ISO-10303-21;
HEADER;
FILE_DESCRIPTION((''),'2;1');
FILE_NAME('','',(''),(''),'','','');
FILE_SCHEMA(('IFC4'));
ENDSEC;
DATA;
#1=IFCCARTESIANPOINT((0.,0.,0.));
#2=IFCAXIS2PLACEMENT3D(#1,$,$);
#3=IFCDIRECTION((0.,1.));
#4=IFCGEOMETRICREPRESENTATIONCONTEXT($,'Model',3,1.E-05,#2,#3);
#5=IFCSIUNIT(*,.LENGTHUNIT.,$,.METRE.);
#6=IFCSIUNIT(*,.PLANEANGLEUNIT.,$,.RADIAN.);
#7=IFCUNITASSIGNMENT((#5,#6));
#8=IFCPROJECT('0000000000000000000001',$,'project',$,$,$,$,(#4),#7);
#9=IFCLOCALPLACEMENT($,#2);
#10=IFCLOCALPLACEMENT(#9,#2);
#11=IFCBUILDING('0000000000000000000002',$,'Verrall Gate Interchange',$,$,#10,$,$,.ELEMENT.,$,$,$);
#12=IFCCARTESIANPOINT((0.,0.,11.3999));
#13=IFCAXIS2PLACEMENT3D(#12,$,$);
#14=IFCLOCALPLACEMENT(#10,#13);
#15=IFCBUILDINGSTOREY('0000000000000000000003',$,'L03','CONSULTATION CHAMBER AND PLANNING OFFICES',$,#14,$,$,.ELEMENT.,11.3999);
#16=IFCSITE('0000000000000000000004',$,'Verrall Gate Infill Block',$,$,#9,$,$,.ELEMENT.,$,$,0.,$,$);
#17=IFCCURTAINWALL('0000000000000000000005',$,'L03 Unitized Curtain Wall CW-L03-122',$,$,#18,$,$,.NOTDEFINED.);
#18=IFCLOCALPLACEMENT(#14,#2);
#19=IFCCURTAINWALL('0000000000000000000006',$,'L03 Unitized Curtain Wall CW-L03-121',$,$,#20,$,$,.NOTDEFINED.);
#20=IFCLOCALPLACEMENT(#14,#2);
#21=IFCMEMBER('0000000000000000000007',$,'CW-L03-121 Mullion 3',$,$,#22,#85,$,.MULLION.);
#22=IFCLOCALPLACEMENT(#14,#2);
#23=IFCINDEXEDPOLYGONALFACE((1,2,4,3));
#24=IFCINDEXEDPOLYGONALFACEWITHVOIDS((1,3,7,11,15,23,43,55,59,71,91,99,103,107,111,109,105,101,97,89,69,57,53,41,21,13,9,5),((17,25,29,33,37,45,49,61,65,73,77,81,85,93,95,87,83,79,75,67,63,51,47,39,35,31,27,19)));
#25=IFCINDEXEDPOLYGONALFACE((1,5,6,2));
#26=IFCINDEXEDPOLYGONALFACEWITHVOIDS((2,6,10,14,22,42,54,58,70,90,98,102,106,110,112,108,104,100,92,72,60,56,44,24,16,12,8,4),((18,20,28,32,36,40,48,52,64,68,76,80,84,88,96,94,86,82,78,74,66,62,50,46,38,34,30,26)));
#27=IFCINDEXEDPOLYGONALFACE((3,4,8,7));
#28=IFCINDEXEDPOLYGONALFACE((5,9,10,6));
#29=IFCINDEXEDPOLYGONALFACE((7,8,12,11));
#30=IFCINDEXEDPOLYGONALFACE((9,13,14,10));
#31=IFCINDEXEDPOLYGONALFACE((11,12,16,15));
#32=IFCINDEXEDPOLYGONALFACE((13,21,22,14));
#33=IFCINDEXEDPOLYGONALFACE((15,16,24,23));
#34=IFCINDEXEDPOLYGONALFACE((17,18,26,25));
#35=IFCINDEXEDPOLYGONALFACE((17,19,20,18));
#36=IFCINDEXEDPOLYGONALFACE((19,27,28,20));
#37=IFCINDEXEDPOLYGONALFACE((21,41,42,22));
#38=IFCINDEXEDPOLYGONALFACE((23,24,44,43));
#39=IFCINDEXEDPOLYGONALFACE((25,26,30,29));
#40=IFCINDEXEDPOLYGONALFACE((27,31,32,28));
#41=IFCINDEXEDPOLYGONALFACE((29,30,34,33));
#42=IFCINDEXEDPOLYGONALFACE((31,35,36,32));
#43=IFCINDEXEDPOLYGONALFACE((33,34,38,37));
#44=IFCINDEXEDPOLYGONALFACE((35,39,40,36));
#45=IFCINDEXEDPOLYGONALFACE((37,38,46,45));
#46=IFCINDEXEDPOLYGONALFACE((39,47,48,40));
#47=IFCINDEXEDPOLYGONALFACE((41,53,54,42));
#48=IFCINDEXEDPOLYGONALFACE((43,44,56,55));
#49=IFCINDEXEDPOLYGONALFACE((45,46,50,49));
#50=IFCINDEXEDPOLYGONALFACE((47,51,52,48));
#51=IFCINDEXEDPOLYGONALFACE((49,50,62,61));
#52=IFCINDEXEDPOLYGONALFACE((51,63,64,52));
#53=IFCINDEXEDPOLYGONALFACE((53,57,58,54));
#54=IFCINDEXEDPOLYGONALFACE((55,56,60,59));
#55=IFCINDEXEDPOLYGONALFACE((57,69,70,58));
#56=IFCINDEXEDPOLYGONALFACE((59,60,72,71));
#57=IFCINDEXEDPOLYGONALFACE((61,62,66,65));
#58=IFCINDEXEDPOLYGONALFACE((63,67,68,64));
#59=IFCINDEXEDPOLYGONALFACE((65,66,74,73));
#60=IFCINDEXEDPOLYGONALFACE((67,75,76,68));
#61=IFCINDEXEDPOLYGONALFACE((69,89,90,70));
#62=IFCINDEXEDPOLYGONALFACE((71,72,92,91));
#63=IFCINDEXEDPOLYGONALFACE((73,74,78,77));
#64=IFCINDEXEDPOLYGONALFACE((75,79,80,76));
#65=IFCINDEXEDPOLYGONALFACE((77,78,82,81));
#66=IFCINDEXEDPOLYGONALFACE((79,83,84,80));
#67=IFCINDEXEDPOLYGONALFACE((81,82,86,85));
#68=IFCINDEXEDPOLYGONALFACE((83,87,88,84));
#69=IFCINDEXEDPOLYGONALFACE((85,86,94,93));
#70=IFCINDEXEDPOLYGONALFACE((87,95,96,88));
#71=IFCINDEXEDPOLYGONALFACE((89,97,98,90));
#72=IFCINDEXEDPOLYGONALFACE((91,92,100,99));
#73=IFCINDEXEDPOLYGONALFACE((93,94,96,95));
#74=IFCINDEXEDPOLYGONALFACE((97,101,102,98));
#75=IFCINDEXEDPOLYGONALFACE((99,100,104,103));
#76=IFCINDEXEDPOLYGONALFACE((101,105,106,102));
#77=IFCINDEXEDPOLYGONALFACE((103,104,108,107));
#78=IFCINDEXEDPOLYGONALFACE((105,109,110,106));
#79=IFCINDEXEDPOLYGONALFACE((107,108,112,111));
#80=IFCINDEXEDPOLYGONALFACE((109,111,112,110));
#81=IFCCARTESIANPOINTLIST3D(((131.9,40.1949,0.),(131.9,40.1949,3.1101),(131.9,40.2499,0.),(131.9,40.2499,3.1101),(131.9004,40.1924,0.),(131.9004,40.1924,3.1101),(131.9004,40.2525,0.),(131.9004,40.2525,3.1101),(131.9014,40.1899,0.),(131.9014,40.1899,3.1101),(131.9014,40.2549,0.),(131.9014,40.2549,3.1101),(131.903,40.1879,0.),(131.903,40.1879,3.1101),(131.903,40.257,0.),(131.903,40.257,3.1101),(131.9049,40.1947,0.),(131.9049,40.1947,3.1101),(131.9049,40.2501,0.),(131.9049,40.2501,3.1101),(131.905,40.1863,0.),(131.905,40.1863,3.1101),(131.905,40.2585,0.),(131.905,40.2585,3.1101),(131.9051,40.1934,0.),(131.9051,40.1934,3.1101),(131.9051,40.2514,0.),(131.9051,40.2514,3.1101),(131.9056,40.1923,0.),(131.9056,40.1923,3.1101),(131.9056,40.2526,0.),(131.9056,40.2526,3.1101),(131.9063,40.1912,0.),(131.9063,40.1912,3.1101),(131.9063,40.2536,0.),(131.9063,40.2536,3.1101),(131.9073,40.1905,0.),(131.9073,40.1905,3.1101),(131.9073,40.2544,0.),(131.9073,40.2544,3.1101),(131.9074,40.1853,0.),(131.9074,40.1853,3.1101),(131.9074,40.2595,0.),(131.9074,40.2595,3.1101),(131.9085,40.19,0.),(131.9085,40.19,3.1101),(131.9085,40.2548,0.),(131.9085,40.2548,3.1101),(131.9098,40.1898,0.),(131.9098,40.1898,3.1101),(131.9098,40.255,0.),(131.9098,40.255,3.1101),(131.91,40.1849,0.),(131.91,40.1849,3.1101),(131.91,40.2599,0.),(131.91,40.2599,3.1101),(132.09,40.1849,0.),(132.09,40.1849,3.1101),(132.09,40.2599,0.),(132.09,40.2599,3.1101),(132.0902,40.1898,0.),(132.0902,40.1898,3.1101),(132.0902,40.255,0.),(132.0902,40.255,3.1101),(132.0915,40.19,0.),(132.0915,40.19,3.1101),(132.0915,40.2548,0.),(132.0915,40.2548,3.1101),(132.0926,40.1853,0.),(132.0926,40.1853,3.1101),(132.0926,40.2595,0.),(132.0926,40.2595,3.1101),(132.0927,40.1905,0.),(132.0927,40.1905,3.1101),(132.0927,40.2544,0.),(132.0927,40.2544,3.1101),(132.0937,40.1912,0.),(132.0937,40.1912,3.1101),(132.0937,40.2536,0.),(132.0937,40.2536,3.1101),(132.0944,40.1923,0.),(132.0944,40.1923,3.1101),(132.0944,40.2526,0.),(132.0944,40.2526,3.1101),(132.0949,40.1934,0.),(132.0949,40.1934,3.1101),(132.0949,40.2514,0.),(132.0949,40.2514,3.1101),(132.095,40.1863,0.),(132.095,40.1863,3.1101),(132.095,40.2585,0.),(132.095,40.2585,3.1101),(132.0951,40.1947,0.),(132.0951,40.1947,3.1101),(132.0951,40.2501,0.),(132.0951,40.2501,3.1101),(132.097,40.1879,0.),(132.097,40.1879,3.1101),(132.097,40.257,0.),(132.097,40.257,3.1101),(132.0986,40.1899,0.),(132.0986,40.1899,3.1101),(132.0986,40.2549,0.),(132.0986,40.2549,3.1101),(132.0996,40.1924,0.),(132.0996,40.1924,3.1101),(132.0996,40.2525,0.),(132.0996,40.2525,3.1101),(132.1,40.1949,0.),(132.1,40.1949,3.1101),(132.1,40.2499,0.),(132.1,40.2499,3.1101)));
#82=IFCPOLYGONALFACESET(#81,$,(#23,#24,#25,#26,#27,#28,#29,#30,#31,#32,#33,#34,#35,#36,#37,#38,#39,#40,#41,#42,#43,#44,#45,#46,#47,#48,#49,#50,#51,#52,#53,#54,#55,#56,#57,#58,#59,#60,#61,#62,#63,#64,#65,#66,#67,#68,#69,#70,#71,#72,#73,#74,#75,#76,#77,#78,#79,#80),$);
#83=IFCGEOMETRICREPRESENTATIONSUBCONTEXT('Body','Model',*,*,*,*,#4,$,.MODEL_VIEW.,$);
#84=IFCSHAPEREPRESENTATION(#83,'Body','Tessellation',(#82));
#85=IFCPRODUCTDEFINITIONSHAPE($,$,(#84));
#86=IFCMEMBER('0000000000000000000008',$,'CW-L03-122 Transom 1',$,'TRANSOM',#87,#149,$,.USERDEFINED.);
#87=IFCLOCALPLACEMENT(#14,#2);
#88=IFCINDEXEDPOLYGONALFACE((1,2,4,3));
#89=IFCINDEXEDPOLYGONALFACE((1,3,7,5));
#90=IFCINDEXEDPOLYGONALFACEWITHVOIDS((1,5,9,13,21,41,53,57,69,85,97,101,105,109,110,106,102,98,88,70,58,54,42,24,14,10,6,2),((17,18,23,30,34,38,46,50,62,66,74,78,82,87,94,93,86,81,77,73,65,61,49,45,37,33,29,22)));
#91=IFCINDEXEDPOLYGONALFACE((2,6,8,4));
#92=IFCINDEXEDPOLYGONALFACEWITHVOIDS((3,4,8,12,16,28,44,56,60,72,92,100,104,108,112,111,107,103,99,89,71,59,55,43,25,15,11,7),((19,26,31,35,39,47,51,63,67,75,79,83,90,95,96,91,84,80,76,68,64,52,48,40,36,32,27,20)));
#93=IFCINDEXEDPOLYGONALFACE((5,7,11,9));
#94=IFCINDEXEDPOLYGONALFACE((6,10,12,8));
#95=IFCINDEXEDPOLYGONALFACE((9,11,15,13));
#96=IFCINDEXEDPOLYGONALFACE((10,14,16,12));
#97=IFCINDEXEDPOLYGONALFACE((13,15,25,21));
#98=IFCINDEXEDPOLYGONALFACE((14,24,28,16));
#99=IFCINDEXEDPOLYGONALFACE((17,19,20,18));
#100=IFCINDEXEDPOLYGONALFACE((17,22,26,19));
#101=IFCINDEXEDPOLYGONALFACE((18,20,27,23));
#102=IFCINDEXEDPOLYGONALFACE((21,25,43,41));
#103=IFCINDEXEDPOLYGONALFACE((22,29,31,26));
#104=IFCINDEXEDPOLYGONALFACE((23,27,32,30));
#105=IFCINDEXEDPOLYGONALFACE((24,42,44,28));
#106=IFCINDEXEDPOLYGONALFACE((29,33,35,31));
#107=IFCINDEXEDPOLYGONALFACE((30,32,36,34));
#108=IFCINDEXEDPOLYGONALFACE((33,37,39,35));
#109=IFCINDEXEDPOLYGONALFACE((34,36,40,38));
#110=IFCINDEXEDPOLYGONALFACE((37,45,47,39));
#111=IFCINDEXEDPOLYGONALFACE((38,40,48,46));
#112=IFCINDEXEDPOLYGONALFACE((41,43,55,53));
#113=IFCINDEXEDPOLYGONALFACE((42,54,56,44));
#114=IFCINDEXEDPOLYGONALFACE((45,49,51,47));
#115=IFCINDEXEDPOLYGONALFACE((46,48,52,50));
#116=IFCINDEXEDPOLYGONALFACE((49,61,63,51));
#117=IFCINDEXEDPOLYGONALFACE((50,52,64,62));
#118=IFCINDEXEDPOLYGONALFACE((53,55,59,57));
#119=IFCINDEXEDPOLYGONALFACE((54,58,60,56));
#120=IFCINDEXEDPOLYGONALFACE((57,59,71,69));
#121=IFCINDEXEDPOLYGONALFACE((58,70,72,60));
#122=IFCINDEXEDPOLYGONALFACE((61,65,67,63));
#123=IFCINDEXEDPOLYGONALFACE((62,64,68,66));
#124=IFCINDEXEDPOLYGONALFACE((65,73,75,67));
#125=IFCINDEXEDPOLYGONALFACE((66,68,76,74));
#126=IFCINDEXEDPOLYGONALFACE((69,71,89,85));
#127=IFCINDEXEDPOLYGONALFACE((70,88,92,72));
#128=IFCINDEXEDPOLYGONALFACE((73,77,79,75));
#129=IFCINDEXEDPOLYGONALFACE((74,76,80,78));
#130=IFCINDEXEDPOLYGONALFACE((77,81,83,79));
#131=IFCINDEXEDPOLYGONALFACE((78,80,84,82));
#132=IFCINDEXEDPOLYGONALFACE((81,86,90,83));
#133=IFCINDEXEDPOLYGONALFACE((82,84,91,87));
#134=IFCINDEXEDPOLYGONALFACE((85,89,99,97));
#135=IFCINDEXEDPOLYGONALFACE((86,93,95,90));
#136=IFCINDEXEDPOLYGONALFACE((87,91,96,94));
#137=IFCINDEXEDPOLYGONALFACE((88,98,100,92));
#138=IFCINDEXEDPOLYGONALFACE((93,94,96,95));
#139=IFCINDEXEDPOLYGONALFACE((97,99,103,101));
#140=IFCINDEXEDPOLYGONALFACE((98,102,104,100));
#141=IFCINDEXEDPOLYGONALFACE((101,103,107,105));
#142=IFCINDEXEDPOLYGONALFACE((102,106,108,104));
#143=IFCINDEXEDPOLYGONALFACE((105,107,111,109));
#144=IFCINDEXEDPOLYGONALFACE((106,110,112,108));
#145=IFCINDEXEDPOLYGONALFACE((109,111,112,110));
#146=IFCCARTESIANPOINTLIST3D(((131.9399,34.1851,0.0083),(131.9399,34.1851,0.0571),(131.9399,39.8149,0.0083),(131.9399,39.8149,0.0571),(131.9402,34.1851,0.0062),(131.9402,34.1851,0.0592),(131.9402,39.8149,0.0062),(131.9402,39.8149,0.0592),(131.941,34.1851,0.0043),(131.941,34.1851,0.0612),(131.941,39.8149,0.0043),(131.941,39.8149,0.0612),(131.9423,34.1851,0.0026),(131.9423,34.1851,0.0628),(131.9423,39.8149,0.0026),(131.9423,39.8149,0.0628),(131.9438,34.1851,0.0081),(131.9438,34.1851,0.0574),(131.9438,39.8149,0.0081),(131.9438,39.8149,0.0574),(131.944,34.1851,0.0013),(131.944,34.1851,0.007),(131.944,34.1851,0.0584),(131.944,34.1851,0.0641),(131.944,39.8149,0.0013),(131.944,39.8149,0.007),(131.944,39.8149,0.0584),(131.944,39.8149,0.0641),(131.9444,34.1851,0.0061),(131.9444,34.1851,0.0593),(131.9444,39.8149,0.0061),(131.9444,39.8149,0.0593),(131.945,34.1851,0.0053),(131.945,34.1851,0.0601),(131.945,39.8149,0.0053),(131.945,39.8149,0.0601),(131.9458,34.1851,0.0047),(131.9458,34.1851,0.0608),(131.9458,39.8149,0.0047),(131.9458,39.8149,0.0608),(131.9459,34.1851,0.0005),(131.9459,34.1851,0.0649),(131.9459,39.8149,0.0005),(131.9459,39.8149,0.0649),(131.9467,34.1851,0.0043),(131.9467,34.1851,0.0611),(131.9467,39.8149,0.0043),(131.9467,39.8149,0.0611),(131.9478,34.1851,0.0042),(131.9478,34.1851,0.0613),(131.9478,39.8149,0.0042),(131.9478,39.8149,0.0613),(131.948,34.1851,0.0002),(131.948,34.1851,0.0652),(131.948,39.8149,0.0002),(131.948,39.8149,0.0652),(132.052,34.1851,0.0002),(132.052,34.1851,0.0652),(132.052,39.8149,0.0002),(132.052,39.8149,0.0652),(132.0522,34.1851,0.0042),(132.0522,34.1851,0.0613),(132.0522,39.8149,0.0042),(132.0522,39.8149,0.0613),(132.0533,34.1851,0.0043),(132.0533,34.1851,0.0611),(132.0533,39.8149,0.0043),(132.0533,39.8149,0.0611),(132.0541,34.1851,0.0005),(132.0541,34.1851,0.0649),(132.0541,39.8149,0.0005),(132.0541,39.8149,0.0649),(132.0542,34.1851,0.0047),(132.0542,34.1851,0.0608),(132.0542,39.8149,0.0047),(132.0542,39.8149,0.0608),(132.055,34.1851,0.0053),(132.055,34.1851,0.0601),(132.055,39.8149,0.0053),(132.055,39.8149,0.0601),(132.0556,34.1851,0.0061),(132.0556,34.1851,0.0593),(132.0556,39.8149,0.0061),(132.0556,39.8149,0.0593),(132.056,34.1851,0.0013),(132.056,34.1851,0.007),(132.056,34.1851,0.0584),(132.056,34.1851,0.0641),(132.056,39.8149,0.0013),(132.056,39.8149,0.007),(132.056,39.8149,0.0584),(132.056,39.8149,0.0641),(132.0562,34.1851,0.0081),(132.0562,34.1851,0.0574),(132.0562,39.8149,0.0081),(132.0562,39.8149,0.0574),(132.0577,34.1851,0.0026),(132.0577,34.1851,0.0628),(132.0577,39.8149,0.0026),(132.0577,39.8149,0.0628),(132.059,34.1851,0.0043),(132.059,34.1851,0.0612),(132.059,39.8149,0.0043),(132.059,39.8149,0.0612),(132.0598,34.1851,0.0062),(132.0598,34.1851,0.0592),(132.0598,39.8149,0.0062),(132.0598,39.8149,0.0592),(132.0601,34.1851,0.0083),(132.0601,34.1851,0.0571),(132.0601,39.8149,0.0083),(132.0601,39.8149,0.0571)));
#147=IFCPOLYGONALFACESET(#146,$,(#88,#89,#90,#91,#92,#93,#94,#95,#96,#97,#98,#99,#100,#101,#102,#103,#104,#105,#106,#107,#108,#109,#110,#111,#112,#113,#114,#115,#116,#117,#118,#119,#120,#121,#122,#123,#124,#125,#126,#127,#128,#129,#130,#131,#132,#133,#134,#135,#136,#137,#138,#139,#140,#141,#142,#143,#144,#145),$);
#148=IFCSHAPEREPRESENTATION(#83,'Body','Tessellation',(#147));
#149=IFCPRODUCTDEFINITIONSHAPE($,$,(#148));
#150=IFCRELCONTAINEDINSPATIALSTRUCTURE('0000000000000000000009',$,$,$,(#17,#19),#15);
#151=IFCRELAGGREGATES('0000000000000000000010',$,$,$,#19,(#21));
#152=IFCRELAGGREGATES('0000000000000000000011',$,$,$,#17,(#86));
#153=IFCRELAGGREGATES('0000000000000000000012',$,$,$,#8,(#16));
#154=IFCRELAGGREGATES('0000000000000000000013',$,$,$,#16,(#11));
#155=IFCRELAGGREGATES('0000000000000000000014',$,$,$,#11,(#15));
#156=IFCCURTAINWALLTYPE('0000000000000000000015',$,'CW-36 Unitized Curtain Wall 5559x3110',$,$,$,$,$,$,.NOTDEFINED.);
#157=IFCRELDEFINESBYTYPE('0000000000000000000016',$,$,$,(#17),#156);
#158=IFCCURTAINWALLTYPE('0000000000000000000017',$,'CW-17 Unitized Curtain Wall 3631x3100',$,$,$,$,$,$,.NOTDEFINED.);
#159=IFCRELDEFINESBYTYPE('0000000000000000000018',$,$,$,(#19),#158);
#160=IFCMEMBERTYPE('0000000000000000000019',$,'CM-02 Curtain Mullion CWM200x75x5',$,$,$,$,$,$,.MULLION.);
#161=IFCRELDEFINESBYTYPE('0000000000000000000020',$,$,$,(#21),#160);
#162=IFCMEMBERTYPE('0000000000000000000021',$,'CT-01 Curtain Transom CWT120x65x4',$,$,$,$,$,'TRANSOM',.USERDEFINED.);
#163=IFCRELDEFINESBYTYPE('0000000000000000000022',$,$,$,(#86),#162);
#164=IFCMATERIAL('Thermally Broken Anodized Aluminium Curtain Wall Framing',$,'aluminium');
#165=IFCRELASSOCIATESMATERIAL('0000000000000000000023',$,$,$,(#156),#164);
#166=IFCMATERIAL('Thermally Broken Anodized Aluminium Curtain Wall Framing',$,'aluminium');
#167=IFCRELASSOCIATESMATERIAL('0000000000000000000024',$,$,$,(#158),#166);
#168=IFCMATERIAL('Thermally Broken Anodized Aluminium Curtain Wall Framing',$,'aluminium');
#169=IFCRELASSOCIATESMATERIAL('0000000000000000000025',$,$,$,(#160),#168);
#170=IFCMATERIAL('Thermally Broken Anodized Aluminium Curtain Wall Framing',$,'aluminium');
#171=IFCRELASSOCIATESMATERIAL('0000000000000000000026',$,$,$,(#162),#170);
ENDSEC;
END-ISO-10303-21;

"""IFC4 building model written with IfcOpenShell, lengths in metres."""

from ifc_helpers import new_model, si_unit, direction, frame, origin, origin_2d, place, context, subcontext, project, spatial, hollow_rectangle, extrude, material, material_profile, profile_set, type_object, element, aggregate, save


model = new_model("IFC4")

# Units and contexts
model_context = context("Model", 3, precision=1e-05, world=origin(), true_north=direction((0.0, 1.0)))
body_context = subcontext(model_context, "Body", "Model", "MODEL_VIEW")
ifc_project = project(units=[si_unit("LENGTHUNIT", "METRE"), si_unit("PLANEANGLEUNIT", "RADIAN")], contexts=[model_context])

# Site, building, storey
site_placement = place(None, origin())
site = spatial("IfcSite", under=ifc_project, at=site_placement, Name="Verrall Gate Infill Block", CompositionType="ELEMENT", RefElevation=0.0)
building_placement = place(site_placement, origin())
building = spatial("IfcBuilding", under=site, at=building_placement, Name="Verrall Gate Interchange", CompositionType="ELEMENT")
storey_placement = place(building_placement, frame((0.0, 0.0, 11.3999)))
storey = spatial("IfcBuildingStorey", under=building, at=storey_placement, Name="L03", Description="CONSULTATION CHAMBER AND PLANNING OFFICES", CompositionType="ELEMENT", Elevation=11.3999)

# Curtain wall
ifc_material_1 = material(Name="Thermally Broken Anodized Aluminium Curtain Wall Framing", Category="aluminium")
curtain_wall_type_1 = type_object("IfcCurtainWallType", Name="CW-36 Unitized Curtain Wall 5559x3110", PredefinedType="NOTDEFINED", material=ifc_material_1)
curtain_wall_1_placement = place(storey_placement, origin())
curtain_wall_1 = element("IfcCurtainWall", 1, at=curtain_wall_1_placement, inside=storey, type_object=curtain_wall_type_1, Name="L03 Unitized Curtain Wall CW-L03-122", PredefinedType="NOTDEFINED")

# Curtain wall, member
ifc_material_2 = material(Name="Thermally Broken Anodized Aluminium Curtain Wall Framing", Category="aluminium")
curtain_wall_type_2 = type_object("IfcCurtainWallType", Name="CW-17 Unitized Curtain Wall 3631x3100", PredefinedType="NOTDEFINED", material=ifc_material_2)
curtain_wall_2_placement = place(storey_placement, origin())
curtain_wall_2 = element("IfcCurtainWall", 2, at=curtain_wall_2_placement, inside=storey, type_object=curtain_wall_type_2, Name="L03 Unitized Curtain Wall CW-L03-121", PredefinedType="NOTDEFINED")
ifc_material_3 = material(Name="Thermally Broken Anodized Aluminium Curtain Wall Framing", Category="aluminium")
ifc_material_profile_1 = material_profile(ifc_material_3, hollow_rectangle(XDim=0.075, YDim=0.2, WallThickness=0.0049, InnerFilletRadius=0.0049, OuterFilletRadius=0.01, at=origin_2d()), Name="CWM200x75x5")
ifc_profile_set_1 = profile_set([ifc_material_profile_1], Name="Thermally Broken Anodized Aluminium Curtain Wall Framing")
member_type_1 = type_object("IfcMemberType", Name="CM-02 Curtain Mullion CWM200x75x5", PredefinedType="MULLION", material=ifc_profile_set_1)
member_1_placement = place(storey_placement, frame((132.0, 40.2224, 0.0), z_axis=(0.0, 0.0, 1.0), x_axis=(0.0, -1.0, 0.0)))
member_1 = element("IfcMember", 3, at=member_1_placement, type_object=member_type_1, Name="CW-L03-121 Mullion 3", PredefinedType="MULLION", context=body_context, shape_type="SweptSolid", body=[
    extrude(hollow_rectangle(XDim=0.075, YDim=0.2, WallThickness=0.0049, InnerFilletRadius=0.0049, OuterFilletRadius=0.01, at=origin_2d()), origin(), (0.0, 0.0, 1.0), 3.1101),
])

# Member
ifc_material_4 = material(Name="Thermally Broken Anodized Aluminium Curtain Wall Framing", Category="aluminium")
ifc_material_profile_2 = material_profile(ifc_material_4, hollow_rectangle(XDim=0.1201, YDim=0.0649, WallThickness=0.0039, InnerFilletRadius=0.0039, OuterFilletRadius=0.0081, at=origin_2d()), Name="CWT120x65x4")
ifc_profile_set_2 = profile_set([ifc_material_profile_2], Name="Thermally Broken Anodized Aluminium Curtain Wall Framing")
member_type_2 = type_object("IfcMemberType", Name="CT-01 Curtain Transom CWT120x65x4", ElementType="TRANSOM", PredefinedType="USERDEFINED", material=ifc_profile_set_2)
member_2_placement = place(storey_placement, frame((132.0, 39.8149, 0.0327), z_axis=(0.0, -1.0, 0.0), x_axis=(1.0, 0.0, 0.0)))
member_2 = element("IfcMember", 4, at=member_2_placement, type_object=member_type_2, Name="CW-L03-122 Transom 1", ObjectType="TRANSOM", PredefinedType="USERDEFINED", context=body_context, shape_type="SweptSolid", body=[
    extrude(hollow_rectangle(XDim=0.1201, YDim=0.0649, WallThickness=0.0039, InnerFilletRadius=0.0039, OuterFilletRadius=0.0081, at=origin_2d()), origin(), (0.0, 0.0, 1.0), 5.6299),
])

aggregate(curtain_wall_2, [member_1])
aggregate(curtain_wall_1, [member_2])

save(model, "model.ifc")
